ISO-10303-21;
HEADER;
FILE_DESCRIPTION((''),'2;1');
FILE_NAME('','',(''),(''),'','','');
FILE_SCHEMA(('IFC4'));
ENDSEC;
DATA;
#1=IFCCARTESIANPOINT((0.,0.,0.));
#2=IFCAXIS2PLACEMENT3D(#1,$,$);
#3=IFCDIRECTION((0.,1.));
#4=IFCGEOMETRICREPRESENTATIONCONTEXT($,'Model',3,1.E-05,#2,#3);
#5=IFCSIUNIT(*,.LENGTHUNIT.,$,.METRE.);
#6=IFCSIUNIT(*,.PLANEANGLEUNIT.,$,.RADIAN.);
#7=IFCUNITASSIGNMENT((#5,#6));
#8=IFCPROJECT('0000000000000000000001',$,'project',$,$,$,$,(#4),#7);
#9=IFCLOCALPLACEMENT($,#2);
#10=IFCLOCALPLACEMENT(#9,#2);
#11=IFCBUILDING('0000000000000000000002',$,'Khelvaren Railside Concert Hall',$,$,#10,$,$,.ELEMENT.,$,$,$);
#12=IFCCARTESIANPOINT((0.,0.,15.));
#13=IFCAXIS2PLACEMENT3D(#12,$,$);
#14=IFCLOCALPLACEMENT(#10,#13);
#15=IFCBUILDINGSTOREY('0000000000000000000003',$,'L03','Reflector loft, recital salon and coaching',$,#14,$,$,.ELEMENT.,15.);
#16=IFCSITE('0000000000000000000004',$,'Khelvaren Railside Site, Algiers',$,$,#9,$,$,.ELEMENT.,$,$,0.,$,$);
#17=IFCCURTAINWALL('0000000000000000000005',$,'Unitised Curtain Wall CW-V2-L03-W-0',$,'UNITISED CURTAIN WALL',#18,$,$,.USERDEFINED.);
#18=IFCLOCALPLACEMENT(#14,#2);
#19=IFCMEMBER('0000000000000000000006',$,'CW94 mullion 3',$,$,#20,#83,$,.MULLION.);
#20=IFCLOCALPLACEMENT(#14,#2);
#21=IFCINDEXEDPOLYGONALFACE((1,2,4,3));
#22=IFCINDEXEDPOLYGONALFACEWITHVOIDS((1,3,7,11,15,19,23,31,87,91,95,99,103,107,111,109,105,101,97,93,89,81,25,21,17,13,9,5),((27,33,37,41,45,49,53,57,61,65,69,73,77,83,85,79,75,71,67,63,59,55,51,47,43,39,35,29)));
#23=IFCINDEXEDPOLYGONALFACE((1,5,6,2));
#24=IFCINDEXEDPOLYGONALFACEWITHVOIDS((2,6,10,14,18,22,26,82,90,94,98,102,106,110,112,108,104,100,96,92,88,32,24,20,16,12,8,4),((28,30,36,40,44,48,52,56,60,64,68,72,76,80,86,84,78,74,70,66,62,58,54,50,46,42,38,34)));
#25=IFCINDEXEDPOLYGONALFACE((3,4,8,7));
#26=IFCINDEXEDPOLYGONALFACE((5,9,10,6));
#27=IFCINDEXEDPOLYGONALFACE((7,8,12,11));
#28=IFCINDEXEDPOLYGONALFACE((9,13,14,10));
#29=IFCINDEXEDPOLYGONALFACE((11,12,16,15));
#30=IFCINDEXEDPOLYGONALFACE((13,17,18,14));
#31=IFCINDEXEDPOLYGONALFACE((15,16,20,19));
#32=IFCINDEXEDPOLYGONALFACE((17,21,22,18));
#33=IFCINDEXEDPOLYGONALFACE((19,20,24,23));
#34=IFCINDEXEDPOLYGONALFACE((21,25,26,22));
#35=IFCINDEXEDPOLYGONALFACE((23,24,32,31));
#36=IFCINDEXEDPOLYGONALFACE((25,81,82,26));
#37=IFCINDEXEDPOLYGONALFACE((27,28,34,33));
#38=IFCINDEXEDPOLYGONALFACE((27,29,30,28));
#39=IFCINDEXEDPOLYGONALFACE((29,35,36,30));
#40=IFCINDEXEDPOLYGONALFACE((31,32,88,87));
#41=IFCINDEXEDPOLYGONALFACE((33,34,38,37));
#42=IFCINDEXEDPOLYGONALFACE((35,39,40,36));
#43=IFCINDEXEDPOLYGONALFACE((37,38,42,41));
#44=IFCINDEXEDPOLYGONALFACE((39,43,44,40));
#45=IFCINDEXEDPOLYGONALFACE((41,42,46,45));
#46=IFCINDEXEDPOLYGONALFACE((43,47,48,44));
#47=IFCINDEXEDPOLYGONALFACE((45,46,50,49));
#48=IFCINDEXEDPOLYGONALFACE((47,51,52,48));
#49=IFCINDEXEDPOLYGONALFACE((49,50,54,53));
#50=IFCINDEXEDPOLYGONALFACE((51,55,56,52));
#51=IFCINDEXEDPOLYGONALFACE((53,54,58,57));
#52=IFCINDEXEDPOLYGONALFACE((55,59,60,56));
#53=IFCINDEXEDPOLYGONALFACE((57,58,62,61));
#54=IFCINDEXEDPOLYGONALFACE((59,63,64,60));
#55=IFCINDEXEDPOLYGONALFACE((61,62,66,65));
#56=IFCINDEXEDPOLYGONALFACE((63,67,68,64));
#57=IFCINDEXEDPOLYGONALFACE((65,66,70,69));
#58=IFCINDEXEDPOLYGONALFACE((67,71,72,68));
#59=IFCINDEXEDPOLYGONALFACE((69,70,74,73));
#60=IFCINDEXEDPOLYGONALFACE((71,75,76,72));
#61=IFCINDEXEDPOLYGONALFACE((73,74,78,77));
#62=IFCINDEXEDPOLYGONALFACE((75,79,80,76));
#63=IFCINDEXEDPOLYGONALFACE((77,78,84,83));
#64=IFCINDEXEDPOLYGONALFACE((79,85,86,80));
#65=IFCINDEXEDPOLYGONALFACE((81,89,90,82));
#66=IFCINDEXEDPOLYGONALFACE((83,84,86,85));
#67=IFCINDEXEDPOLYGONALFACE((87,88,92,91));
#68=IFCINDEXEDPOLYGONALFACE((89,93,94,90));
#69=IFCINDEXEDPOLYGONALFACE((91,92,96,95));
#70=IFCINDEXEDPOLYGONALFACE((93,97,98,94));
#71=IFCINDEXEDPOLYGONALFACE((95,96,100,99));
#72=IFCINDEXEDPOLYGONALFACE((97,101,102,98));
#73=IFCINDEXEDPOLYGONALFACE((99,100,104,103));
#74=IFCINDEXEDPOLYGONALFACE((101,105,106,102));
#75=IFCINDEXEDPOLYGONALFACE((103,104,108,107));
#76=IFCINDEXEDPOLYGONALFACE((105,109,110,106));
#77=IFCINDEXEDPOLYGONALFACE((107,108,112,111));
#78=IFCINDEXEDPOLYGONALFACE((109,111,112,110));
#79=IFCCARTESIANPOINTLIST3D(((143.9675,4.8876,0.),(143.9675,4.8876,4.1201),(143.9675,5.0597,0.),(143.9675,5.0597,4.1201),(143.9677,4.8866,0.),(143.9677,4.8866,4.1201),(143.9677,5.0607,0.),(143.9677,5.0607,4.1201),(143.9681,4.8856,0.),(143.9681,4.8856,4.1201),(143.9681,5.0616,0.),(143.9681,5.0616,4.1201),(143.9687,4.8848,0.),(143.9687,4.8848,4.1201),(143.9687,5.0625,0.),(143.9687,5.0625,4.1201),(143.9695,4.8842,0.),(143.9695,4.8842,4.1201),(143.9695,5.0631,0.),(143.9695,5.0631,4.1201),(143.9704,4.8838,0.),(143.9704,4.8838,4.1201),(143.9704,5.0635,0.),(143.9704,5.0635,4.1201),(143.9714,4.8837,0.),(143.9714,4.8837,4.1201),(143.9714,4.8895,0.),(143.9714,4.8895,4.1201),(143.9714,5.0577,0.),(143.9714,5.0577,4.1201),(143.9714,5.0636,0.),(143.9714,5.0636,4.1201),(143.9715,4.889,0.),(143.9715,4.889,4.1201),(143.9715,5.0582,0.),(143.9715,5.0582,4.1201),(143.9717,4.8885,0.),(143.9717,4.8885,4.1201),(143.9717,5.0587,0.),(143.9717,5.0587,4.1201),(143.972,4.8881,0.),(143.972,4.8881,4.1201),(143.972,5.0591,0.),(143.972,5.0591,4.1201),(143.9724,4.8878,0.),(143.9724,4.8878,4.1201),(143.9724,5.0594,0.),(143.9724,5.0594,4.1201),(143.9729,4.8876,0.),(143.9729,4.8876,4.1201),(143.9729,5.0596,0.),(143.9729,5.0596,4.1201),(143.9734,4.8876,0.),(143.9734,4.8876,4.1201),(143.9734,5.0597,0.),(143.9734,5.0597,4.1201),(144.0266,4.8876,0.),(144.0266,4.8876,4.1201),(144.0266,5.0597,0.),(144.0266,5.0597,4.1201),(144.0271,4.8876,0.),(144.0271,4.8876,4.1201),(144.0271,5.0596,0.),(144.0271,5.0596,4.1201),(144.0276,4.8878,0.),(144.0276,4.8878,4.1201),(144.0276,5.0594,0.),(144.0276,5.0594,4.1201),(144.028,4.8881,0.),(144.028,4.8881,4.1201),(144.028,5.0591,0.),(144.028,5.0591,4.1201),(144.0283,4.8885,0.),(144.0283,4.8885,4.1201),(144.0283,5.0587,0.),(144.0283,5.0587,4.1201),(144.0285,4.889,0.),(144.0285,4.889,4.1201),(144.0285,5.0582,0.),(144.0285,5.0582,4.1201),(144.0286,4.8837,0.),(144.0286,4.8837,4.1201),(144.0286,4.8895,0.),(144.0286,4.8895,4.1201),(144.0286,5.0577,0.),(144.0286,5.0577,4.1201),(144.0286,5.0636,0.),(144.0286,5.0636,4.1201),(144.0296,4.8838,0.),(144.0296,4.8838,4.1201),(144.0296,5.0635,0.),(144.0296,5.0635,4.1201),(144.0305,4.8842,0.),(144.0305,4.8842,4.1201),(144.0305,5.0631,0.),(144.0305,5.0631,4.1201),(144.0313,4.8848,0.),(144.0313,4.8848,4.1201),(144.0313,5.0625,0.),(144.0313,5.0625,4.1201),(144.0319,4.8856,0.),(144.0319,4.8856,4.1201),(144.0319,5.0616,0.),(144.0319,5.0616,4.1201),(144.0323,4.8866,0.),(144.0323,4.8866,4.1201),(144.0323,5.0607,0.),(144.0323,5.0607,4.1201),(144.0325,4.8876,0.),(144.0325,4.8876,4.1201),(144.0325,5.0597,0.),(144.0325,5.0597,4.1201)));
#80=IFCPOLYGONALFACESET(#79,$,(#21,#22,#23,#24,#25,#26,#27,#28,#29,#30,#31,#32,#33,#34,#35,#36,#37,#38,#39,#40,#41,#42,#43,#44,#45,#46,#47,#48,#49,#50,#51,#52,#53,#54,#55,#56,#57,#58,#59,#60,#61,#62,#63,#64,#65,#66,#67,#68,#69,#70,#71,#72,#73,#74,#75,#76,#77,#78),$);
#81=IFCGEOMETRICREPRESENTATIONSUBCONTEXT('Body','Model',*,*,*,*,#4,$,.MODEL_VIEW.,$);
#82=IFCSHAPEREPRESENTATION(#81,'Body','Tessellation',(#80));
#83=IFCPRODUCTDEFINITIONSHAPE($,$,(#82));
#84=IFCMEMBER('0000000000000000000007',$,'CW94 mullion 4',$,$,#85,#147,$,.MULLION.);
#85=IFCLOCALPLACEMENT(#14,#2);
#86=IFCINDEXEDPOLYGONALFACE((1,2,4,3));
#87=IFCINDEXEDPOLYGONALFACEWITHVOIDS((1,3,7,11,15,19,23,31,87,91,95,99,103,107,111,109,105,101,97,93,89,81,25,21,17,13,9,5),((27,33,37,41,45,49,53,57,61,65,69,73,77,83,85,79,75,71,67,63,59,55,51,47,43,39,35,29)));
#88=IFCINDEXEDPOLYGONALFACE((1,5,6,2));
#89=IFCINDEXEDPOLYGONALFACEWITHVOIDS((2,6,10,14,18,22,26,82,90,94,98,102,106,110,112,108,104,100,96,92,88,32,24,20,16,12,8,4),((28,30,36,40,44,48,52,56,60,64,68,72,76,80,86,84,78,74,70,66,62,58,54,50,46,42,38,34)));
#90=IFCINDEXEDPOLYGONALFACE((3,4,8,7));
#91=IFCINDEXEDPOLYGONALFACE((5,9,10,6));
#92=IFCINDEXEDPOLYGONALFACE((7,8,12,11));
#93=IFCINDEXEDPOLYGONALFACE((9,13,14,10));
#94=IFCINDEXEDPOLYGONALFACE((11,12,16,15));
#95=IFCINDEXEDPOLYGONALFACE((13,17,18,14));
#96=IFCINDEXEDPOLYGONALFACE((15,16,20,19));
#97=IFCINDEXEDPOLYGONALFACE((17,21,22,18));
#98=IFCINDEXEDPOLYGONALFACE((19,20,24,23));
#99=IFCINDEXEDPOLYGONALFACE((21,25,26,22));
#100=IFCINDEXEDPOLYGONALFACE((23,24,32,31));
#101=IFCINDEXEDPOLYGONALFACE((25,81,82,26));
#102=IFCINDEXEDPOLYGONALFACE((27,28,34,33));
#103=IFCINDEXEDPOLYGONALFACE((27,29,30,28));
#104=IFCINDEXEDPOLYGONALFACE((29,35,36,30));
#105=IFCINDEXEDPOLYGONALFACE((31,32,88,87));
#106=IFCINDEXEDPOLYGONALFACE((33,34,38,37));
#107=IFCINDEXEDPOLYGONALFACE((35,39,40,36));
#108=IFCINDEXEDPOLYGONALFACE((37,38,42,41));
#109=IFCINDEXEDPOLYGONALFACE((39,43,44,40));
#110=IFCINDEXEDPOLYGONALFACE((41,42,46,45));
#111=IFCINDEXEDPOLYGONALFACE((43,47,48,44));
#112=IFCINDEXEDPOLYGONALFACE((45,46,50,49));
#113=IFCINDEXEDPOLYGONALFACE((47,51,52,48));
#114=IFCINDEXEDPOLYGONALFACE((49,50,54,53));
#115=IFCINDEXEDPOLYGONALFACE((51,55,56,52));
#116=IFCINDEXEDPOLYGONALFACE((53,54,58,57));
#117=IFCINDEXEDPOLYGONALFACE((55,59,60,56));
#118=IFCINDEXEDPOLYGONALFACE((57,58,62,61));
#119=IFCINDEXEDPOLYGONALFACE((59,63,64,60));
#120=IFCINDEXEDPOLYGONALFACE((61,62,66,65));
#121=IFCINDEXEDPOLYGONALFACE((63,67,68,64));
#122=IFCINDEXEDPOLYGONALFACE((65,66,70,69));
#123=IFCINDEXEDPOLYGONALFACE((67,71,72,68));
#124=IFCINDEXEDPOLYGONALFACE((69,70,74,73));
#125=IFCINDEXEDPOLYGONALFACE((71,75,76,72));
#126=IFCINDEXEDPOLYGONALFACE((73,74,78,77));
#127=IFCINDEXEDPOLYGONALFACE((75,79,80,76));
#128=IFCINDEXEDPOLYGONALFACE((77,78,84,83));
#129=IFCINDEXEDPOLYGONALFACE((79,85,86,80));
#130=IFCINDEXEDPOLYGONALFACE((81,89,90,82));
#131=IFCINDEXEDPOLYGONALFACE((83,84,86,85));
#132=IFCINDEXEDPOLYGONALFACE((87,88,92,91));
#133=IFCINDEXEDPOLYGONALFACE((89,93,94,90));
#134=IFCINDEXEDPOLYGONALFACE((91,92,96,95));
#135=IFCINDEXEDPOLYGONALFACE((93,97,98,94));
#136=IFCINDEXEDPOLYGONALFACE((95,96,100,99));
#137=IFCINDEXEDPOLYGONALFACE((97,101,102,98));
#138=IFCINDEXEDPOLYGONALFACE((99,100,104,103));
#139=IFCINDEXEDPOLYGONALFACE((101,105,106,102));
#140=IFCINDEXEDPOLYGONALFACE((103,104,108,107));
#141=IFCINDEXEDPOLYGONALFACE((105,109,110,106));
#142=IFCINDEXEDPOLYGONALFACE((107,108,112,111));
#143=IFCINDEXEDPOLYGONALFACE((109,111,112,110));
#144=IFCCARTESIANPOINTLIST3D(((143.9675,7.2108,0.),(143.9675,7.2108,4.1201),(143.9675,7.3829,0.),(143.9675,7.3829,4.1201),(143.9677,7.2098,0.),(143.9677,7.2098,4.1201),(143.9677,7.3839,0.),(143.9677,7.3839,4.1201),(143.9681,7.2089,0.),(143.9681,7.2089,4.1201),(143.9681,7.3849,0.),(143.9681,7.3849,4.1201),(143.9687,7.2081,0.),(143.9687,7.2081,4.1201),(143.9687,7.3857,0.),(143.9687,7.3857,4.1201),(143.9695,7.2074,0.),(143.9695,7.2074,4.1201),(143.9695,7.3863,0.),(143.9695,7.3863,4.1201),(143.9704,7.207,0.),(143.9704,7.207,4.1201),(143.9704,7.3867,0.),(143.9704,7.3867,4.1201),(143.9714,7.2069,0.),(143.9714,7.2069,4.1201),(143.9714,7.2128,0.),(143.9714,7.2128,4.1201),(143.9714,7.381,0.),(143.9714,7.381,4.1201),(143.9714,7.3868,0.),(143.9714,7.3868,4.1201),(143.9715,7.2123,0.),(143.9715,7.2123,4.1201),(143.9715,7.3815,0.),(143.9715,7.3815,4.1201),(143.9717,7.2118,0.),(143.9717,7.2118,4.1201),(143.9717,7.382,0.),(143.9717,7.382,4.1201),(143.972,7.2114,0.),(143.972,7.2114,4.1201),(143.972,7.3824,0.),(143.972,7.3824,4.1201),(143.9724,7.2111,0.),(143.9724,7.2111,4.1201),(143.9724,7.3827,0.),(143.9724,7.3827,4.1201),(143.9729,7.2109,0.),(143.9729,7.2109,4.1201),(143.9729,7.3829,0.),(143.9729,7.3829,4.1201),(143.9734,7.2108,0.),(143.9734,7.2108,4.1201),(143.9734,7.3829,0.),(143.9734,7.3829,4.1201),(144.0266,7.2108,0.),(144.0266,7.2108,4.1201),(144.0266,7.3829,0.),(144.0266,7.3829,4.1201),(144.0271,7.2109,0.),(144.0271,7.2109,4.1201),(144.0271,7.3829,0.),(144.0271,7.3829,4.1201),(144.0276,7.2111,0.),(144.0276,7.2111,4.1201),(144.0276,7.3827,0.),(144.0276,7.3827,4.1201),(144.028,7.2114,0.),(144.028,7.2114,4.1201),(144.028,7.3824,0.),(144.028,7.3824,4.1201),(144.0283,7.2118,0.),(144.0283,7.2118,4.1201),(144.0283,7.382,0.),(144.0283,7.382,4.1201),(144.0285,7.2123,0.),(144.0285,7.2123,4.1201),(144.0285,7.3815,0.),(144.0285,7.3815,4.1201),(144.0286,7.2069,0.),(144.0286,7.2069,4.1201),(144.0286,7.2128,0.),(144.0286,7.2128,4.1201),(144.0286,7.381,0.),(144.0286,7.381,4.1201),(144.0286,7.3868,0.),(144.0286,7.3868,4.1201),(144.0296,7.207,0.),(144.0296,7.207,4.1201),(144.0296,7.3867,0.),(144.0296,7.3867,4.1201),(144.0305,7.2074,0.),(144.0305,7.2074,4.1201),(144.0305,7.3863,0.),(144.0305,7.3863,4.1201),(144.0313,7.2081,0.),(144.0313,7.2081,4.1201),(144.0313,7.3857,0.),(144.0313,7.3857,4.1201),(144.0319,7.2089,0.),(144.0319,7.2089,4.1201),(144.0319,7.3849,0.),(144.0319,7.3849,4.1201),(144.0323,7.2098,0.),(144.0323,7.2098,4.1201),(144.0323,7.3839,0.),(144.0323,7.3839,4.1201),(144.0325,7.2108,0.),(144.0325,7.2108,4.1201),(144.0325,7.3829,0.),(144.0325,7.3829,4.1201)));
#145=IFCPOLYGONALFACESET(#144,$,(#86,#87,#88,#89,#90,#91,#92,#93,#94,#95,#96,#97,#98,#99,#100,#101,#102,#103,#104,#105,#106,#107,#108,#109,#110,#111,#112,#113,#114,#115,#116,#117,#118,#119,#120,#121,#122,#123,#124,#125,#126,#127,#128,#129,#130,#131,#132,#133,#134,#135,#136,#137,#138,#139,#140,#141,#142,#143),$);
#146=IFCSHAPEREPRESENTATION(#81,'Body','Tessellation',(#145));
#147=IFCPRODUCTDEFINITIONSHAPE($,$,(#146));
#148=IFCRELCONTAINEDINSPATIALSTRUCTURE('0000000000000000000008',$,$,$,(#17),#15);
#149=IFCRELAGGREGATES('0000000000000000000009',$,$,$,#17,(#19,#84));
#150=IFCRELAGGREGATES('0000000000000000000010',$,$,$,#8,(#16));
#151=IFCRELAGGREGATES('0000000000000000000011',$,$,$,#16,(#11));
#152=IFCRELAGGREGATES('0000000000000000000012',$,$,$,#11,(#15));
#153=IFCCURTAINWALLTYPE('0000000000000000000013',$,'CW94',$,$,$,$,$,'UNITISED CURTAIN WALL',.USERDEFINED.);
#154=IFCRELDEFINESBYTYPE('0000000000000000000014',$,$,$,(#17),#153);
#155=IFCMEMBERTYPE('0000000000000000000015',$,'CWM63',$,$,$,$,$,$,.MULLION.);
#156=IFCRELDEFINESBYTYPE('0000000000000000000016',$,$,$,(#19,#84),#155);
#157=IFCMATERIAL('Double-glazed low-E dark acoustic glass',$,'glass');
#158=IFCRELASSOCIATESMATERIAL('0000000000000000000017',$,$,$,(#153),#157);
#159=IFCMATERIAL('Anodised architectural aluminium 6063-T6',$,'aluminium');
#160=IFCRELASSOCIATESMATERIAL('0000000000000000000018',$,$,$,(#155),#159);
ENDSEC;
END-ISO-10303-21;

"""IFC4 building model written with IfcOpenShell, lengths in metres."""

from ifc_helpers import new_model, si_unit, direction, frame, origin, origin_2d, place, context, subcontext, project, spatial, hollow_rectangle, extrude, material, material_profile, profile_set, type_object, element, aggregate, save


model = new_model("IFC4")

# Units and contexts
model_context = context("Model", 3, precision=1e-05, world=origin(), true_north=direction((0.0, 1.0)))
body_context = subcontext(model_context, "Body", "Model", "MODEL_VIEW")
ifc_project = project(units=[si_unit("LENGTHUNIT", "METRE"), si_unit("PLANEANGLEUNIT", "RADIAN")], contexts=[model_context])

# Site, building, storey
site_placement = place(None, origin())
site = spatial("IfcSite", under=ifc_project, at=site_placement, Name="Khelvaren Railside Site, Algiers", CompositionType="ELEMENT", RefElevation=0.0)
building_placement = place(site_placement, origin())
building = spatial("IfcBuilding", under=site, at=building_placement, Name="Khelvaren Railside Concert Hall", CompositionType="ELEMENT")
storey_placement = place(building_placement, frame((0.0, 0.0, 15.0)))
storey = spatial("IfcBuildingStorey", under=building, at=storey_placement, Name="L03", Description="Reflector loft, recital salon and coaching", CompositionType="ELEMENT", Elevation=15.0)

# Curtain wall, members
ifc_material_1 = material(Name="Double-glazed low-E dark acoustic glass", Category="glass")
curtain_wall_type = type_object("IfcCurtainWallType", Name="CW94", ElementType="UNITISED CURTAIN WALL", PredefinedType="USERDEFINED", material=ifc_material_1)
curtain_wall_placement = place(storey_placement, origin())
curtain_wall = element("IfcCurtainWall", 1, at=curtain_wall_placement, inside=storey, type_object=curtain_wall_type, Name="Unitised Curtain Wall CW-V2-L03-W-0", ObjectType="UNITISED CURTAIN WALL", PredefinedType="USERDEFINED")
ifc_material_2 = material(Name="Anodised architectural aluminium 6063-T6", Category="aluminium")
ifc_material_profile_1 = material_profile(ifc_material_2, hollow_rectangle(XDim=0.0649, YDim=0.1799, WallThickness=0.0039, InnerFilletRadius=0.002, OuterFilletRadius=0.0039, at=origin_2d()), Name="CWM 65x180x4")
ifc_profile_set_1 = profile_set([ifc_material_profile_1], Name="Anodised architectural aluminium 6063-T6")
member_type_1 = type_object("IfcMemberType", Name="CWM63", PredefinedType="MULLION", material=ifc_profile_set_1)
member_1_placement = place(storey_placement, frame((144.0, 4.9736, 0.0), z_axis=(0.0, 0.0, 1.0), x_axis=(-1.0, 0.0, 0.0)))
member_1 = element("IfcMember", 2, at=member_1_placement, type_object=member_type_1, Name="CW94 mullion 3", PredefinedType="MULLION", context=body_context, shape_type="SweptSolid", body=[
    extrude(hollow_rectangle(XDim=0.0649, YDim=0.1799, WallThickness=0.0039, InnerFilletRadius=0.002, OuterFilletRadius=0.0039, at=origin_2d()), origin(), (0.0, 0.0, 1.0), 4.1201),
])
member_2_placement = place(storey_placement, frame((144.0, 7.2969, 0.0), z_axis=(0.0, 0.0, 1.0), x_axis=(-1.0, 0.0, 0.0)))
member_2 = element("IfcMember", 3, at=member_2_placement, type_object=member_type_1, Name="CW94 mullion 4", PredefinedType="MULLION", context=body_context, shape_type="SweptSolid", body=[
    extrude(hollow_rectangle(XDim=0.0649, YDim=0.1799, WallThickness=0.0039, InnerFilletRadius=0.002, OuterFilletRadius=0.0039, at=origin_2d()), origin(), (0.0, 0.0, 1.0), 4.1201),
])

aggregate(curtain_wall, [member_1, member_2])

save(model, "model.ifc")
